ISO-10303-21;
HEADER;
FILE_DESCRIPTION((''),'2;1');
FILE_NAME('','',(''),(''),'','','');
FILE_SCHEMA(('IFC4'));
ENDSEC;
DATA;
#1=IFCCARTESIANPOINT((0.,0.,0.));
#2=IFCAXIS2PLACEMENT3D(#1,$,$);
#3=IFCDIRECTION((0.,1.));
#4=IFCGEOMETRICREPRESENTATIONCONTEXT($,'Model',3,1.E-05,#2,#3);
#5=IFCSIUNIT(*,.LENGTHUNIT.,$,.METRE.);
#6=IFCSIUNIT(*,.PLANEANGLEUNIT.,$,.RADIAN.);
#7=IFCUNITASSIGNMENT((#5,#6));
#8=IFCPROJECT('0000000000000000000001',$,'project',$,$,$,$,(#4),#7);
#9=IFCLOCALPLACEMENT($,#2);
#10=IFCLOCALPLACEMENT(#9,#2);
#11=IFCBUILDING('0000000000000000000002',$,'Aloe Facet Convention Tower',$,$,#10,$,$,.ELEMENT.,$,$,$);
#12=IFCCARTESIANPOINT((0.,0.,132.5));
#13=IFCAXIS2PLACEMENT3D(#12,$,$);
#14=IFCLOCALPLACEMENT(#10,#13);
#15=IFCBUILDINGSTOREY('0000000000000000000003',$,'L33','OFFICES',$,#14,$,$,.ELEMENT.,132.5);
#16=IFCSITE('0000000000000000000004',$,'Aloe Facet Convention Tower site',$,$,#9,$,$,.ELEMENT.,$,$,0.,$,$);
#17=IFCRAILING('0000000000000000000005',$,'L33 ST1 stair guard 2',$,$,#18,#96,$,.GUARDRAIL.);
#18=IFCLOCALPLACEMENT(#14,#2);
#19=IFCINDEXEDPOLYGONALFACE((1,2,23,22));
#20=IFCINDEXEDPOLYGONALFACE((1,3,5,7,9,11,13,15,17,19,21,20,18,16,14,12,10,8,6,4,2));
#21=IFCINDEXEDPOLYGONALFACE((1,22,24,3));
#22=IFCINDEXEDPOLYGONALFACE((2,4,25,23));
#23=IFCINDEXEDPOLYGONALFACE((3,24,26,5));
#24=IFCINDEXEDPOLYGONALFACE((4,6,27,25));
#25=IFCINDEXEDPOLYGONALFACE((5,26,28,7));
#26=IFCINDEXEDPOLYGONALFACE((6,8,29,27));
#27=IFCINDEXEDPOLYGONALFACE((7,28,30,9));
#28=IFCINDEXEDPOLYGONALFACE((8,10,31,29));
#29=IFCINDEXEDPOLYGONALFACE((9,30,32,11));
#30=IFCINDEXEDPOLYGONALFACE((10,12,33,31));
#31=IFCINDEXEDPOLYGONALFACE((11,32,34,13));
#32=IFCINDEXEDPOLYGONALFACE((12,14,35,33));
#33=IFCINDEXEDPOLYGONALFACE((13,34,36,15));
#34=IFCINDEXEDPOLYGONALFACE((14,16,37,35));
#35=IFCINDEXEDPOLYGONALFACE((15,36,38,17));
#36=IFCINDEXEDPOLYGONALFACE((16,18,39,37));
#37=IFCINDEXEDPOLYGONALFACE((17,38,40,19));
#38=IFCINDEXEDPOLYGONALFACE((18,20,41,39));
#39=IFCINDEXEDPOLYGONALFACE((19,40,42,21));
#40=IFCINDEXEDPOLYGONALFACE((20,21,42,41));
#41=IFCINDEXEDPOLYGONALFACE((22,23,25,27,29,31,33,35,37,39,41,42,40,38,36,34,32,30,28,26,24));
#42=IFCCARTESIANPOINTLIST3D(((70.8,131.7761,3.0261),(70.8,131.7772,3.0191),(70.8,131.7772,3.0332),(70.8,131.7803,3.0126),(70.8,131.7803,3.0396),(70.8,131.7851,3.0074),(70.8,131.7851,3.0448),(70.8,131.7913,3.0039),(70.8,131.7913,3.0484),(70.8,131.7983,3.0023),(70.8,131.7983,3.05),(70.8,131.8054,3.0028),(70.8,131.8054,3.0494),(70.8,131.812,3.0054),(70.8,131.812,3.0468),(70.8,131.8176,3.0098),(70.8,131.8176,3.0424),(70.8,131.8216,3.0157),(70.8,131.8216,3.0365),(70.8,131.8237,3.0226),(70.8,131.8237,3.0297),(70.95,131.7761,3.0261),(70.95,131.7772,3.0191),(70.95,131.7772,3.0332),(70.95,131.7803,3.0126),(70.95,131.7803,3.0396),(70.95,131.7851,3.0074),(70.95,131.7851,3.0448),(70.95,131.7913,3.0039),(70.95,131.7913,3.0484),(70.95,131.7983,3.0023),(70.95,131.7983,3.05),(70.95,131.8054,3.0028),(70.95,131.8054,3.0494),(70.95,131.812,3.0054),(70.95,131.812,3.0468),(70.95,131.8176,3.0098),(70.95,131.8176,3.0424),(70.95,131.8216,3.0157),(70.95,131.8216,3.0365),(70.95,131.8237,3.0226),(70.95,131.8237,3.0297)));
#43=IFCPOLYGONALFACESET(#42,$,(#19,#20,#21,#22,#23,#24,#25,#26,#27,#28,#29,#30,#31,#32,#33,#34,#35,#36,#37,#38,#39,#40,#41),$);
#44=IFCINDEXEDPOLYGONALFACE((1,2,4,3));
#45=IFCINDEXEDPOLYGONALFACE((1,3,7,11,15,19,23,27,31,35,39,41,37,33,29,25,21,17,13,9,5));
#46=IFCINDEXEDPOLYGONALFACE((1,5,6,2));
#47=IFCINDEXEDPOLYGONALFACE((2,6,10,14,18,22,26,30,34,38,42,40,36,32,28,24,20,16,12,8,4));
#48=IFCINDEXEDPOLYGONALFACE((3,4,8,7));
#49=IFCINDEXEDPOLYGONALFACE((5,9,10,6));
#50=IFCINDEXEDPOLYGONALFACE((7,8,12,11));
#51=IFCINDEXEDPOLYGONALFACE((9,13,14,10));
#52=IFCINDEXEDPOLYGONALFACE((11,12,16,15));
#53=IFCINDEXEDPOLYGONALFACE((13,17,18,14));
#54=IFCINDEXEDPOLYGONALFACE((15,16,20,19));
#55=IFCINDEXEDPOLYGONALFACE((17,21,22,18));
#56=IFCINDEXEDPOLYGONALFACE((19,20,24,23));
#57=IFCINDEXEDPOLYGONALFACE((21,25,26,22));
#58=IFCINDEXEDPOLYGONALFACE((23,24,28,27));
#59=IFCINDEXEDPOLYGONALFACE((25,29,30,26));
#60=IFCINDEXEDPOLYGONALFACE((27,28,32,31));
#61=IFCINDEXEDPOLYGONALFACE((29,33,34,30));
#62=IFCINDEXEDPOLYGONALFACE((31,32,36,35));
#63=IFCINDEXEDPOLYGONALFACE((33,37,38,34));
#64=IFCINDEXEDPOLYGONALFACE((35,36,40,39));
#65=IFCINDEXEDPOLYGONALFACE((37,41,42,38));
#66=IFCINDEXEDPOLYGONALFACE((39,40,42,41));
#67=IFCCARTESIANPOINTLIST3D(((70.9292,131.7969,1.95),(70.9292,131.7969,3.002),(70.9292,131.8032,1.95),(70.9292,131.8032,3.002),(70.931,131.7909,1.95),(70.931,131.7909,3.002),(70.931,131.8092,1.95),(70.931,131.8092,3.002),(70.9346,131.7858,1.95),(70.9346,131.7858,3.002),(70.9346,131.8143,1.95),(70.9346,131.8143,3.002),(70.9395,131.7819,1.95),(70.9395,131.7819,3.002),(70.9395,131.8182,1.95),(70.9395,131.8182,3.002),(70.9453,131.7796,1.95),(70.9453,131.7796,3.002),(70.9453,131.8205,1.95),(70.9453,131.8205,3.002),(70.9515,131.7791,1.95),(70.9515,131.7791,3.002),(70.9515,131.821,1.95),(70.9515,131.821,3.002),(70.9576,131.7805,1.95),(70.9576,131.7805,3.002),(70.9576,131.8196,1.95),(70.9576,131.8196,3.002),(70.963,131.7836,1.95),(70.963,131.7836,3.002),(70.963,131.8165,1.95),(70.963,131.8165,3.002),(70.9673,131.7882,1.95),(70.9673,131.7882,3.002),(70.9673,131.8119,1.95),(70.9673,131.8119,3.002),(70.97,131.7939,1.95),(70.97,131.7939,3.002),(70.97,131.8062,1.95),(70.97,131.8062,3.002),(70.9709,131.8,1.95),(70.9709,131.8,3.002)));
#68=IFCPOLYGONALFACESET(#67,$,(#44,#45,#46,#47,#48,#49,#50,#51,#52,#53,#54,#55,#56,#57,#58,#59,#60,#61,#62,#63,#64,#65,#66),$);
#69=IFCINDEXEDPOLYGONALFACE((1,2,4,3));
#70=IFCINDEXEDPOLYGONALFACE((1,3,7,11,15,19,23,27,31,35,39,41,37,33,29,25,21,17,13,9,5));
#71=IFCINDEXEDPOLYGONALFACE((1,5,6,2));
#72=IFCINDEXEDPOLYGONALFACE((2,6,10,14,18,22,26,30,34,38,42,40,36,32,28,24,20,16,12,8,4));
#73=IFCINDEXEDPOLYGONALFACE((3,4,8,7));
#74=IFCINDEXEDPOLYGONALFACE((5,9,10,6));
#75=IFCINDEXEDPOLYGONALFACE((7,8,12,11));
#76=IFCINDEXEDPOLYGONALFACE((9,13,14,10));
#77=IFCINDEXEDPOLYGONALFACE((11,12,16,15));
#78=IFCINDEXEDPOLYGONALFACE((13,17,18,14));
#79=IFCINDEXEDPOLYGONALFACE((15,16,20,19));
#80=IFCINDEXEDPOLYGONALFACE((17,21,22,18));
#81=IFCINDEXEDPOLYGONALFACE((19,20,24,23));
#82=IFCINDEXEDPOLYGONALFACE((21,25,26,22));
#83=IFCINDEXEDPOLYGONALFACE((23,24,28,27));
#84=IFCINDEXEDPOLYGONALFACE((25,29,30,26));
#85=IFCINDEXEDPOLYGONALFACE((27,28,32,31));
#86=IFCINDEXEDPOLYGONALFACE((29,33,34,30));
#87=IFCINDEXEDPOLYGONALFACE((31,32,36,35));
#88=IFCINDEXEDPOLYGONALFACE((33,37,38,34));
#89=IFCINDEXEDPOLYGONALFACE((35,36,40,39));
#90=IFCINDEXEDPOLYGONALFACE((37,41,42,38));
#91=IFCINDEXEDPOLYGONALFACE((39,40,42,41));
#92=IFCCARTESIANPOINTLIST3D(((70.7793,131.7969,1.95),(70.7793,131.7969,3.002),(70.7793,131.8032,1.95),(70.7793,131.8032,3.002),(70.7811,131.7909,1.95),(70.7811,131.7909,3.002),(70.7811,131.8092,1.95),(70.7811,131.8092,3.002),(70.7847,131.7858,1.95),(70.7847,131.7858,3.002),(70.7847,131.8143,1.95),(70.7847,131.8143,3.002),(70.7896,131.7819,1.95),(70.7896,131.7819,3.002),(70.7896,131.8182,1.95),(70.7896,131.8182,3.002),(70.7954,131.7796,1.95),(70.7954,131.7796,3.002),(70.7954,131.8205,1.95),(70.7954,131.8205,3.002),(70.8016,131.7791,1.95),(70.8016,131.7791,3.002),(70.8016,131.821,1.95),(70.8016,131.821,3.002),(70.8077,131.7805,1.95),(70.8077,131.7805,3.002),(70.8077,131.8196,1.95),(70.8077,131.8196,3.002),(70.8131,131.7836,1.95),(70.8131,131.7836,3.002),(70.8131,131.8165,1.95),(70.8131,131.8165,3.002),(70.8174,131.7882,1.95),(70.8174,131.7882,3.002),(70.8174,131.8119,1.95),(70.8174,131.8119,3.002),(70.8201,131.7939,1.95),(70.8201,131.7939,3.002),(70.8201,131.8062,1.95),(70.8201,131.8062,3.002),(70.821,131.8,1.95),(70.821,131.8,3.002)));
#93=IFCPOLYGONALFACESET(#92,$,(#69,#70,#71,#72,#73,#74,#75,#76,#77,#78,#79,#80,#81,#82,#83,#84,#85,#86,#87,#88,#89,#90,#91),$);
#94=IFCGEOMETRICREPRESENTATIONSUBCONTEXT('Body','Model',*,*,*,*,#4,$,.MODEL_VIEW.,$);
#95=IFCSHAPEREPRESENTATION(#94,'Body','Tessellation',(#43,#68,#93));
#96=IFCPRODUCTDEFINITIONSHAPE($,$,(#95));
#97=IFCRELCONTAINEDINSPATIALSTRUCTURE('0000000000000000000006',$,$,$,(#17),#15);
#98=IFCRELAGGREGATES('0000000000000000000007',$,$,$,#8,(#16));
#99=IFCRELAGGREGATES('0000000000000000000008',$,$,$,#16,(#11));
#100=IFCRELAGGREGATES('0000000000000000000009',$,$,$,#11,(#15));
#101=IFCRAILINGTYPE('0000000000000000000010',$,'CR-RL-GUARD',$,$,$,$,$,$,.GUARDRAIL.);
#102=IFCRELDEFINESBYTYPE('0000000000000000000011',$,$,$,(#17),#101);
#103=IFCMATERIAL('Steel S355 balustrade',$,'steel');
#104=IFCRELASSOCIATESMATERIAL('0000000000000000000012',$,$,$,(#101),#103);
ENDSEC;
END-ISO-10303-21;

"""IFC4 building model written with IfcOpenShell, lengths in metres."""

from ifc_helpers import new_model, si_unit, direction, frame, origin, origin_2d, place, context, subcontext, project, spatial, circle, extrude, material, type_object, element, save


model = new_model("IFC4")

# Units and contexts
model_context = context("Model", 3, precision=1e-05, world=origin(), true_north=direction((0.0, 1.0)))
body_context = subcontext(model_context, "Body", "Model", "MODEL_VIEW")
ifc_project = project(units=[si_unit("LENGTHUNIT", "METRE"), si_unit("PLANEANGLEUNIT", "RADIAN")], contexts=[model_context])

# Site, building, storey
site_placement = place(None, origin())
site = spatial("IfcSite", under=ifc_project, at=site_placement, Name="Aloe Facet Convention Tower site", CompositionType="ELEMENT", RefElevation=0.0)
building_placement = place(site_placement, origin())
building = spatial("IfcBuilding", under=site, at=building_placement, Name="Aloe Facet Convention Tower", CompositionType="ELEMENT")
storey_placement = place(building_placement, frame((0.0, 0.0, 132.5)))
storey = spatial("IfcBuildingStorey", under=building, at=storey_placement, Name="L33", Description="OFFICES", CompositionType="ELEMENT", Elevation=132.5)

# Railing
ifc_material_1 = material(Name="Steel S355 balustrade", Category="steel")
railing_type_1 = type_object("IfcRailingType", Name="CR-RL-GUARD", PredefinedType="GUARDRAIL", material=ifc_material_1)
railing_1_placement = place(storey_placement, frame((70.95, 131.8, 1.95)))
element("IfcRailing", 1, at=railing_1_placement, inside=storey, type_object=railing_type_1, Name="L33 ST1 stair guard 2", PredefinedType="GUARDRAIL", context=body_context, shape_type="SweptSolid", body=[
    extrude(circle(Radius=0.0239, at=origin_2d()), frame((0.0, 0.0, 1.0762), z_axis=(-1.0, 0.0, 0.0), x_axis=(0.0, -1.0, 0.0)), (0.0, 0.0, 1.0), 0.1499),
    extrude(circle(Radius=0.021, at=origin_2d()), origin(), (0.0, 0.0, 1.0), 1.052),
    extrude(circle(Radius=0.021, at=origin_2d()), frame((-0.1499, 0.0, 0.0)), (0.0, 0.0, 1.0), 1.052),
])

save(model, "model.ifc")
